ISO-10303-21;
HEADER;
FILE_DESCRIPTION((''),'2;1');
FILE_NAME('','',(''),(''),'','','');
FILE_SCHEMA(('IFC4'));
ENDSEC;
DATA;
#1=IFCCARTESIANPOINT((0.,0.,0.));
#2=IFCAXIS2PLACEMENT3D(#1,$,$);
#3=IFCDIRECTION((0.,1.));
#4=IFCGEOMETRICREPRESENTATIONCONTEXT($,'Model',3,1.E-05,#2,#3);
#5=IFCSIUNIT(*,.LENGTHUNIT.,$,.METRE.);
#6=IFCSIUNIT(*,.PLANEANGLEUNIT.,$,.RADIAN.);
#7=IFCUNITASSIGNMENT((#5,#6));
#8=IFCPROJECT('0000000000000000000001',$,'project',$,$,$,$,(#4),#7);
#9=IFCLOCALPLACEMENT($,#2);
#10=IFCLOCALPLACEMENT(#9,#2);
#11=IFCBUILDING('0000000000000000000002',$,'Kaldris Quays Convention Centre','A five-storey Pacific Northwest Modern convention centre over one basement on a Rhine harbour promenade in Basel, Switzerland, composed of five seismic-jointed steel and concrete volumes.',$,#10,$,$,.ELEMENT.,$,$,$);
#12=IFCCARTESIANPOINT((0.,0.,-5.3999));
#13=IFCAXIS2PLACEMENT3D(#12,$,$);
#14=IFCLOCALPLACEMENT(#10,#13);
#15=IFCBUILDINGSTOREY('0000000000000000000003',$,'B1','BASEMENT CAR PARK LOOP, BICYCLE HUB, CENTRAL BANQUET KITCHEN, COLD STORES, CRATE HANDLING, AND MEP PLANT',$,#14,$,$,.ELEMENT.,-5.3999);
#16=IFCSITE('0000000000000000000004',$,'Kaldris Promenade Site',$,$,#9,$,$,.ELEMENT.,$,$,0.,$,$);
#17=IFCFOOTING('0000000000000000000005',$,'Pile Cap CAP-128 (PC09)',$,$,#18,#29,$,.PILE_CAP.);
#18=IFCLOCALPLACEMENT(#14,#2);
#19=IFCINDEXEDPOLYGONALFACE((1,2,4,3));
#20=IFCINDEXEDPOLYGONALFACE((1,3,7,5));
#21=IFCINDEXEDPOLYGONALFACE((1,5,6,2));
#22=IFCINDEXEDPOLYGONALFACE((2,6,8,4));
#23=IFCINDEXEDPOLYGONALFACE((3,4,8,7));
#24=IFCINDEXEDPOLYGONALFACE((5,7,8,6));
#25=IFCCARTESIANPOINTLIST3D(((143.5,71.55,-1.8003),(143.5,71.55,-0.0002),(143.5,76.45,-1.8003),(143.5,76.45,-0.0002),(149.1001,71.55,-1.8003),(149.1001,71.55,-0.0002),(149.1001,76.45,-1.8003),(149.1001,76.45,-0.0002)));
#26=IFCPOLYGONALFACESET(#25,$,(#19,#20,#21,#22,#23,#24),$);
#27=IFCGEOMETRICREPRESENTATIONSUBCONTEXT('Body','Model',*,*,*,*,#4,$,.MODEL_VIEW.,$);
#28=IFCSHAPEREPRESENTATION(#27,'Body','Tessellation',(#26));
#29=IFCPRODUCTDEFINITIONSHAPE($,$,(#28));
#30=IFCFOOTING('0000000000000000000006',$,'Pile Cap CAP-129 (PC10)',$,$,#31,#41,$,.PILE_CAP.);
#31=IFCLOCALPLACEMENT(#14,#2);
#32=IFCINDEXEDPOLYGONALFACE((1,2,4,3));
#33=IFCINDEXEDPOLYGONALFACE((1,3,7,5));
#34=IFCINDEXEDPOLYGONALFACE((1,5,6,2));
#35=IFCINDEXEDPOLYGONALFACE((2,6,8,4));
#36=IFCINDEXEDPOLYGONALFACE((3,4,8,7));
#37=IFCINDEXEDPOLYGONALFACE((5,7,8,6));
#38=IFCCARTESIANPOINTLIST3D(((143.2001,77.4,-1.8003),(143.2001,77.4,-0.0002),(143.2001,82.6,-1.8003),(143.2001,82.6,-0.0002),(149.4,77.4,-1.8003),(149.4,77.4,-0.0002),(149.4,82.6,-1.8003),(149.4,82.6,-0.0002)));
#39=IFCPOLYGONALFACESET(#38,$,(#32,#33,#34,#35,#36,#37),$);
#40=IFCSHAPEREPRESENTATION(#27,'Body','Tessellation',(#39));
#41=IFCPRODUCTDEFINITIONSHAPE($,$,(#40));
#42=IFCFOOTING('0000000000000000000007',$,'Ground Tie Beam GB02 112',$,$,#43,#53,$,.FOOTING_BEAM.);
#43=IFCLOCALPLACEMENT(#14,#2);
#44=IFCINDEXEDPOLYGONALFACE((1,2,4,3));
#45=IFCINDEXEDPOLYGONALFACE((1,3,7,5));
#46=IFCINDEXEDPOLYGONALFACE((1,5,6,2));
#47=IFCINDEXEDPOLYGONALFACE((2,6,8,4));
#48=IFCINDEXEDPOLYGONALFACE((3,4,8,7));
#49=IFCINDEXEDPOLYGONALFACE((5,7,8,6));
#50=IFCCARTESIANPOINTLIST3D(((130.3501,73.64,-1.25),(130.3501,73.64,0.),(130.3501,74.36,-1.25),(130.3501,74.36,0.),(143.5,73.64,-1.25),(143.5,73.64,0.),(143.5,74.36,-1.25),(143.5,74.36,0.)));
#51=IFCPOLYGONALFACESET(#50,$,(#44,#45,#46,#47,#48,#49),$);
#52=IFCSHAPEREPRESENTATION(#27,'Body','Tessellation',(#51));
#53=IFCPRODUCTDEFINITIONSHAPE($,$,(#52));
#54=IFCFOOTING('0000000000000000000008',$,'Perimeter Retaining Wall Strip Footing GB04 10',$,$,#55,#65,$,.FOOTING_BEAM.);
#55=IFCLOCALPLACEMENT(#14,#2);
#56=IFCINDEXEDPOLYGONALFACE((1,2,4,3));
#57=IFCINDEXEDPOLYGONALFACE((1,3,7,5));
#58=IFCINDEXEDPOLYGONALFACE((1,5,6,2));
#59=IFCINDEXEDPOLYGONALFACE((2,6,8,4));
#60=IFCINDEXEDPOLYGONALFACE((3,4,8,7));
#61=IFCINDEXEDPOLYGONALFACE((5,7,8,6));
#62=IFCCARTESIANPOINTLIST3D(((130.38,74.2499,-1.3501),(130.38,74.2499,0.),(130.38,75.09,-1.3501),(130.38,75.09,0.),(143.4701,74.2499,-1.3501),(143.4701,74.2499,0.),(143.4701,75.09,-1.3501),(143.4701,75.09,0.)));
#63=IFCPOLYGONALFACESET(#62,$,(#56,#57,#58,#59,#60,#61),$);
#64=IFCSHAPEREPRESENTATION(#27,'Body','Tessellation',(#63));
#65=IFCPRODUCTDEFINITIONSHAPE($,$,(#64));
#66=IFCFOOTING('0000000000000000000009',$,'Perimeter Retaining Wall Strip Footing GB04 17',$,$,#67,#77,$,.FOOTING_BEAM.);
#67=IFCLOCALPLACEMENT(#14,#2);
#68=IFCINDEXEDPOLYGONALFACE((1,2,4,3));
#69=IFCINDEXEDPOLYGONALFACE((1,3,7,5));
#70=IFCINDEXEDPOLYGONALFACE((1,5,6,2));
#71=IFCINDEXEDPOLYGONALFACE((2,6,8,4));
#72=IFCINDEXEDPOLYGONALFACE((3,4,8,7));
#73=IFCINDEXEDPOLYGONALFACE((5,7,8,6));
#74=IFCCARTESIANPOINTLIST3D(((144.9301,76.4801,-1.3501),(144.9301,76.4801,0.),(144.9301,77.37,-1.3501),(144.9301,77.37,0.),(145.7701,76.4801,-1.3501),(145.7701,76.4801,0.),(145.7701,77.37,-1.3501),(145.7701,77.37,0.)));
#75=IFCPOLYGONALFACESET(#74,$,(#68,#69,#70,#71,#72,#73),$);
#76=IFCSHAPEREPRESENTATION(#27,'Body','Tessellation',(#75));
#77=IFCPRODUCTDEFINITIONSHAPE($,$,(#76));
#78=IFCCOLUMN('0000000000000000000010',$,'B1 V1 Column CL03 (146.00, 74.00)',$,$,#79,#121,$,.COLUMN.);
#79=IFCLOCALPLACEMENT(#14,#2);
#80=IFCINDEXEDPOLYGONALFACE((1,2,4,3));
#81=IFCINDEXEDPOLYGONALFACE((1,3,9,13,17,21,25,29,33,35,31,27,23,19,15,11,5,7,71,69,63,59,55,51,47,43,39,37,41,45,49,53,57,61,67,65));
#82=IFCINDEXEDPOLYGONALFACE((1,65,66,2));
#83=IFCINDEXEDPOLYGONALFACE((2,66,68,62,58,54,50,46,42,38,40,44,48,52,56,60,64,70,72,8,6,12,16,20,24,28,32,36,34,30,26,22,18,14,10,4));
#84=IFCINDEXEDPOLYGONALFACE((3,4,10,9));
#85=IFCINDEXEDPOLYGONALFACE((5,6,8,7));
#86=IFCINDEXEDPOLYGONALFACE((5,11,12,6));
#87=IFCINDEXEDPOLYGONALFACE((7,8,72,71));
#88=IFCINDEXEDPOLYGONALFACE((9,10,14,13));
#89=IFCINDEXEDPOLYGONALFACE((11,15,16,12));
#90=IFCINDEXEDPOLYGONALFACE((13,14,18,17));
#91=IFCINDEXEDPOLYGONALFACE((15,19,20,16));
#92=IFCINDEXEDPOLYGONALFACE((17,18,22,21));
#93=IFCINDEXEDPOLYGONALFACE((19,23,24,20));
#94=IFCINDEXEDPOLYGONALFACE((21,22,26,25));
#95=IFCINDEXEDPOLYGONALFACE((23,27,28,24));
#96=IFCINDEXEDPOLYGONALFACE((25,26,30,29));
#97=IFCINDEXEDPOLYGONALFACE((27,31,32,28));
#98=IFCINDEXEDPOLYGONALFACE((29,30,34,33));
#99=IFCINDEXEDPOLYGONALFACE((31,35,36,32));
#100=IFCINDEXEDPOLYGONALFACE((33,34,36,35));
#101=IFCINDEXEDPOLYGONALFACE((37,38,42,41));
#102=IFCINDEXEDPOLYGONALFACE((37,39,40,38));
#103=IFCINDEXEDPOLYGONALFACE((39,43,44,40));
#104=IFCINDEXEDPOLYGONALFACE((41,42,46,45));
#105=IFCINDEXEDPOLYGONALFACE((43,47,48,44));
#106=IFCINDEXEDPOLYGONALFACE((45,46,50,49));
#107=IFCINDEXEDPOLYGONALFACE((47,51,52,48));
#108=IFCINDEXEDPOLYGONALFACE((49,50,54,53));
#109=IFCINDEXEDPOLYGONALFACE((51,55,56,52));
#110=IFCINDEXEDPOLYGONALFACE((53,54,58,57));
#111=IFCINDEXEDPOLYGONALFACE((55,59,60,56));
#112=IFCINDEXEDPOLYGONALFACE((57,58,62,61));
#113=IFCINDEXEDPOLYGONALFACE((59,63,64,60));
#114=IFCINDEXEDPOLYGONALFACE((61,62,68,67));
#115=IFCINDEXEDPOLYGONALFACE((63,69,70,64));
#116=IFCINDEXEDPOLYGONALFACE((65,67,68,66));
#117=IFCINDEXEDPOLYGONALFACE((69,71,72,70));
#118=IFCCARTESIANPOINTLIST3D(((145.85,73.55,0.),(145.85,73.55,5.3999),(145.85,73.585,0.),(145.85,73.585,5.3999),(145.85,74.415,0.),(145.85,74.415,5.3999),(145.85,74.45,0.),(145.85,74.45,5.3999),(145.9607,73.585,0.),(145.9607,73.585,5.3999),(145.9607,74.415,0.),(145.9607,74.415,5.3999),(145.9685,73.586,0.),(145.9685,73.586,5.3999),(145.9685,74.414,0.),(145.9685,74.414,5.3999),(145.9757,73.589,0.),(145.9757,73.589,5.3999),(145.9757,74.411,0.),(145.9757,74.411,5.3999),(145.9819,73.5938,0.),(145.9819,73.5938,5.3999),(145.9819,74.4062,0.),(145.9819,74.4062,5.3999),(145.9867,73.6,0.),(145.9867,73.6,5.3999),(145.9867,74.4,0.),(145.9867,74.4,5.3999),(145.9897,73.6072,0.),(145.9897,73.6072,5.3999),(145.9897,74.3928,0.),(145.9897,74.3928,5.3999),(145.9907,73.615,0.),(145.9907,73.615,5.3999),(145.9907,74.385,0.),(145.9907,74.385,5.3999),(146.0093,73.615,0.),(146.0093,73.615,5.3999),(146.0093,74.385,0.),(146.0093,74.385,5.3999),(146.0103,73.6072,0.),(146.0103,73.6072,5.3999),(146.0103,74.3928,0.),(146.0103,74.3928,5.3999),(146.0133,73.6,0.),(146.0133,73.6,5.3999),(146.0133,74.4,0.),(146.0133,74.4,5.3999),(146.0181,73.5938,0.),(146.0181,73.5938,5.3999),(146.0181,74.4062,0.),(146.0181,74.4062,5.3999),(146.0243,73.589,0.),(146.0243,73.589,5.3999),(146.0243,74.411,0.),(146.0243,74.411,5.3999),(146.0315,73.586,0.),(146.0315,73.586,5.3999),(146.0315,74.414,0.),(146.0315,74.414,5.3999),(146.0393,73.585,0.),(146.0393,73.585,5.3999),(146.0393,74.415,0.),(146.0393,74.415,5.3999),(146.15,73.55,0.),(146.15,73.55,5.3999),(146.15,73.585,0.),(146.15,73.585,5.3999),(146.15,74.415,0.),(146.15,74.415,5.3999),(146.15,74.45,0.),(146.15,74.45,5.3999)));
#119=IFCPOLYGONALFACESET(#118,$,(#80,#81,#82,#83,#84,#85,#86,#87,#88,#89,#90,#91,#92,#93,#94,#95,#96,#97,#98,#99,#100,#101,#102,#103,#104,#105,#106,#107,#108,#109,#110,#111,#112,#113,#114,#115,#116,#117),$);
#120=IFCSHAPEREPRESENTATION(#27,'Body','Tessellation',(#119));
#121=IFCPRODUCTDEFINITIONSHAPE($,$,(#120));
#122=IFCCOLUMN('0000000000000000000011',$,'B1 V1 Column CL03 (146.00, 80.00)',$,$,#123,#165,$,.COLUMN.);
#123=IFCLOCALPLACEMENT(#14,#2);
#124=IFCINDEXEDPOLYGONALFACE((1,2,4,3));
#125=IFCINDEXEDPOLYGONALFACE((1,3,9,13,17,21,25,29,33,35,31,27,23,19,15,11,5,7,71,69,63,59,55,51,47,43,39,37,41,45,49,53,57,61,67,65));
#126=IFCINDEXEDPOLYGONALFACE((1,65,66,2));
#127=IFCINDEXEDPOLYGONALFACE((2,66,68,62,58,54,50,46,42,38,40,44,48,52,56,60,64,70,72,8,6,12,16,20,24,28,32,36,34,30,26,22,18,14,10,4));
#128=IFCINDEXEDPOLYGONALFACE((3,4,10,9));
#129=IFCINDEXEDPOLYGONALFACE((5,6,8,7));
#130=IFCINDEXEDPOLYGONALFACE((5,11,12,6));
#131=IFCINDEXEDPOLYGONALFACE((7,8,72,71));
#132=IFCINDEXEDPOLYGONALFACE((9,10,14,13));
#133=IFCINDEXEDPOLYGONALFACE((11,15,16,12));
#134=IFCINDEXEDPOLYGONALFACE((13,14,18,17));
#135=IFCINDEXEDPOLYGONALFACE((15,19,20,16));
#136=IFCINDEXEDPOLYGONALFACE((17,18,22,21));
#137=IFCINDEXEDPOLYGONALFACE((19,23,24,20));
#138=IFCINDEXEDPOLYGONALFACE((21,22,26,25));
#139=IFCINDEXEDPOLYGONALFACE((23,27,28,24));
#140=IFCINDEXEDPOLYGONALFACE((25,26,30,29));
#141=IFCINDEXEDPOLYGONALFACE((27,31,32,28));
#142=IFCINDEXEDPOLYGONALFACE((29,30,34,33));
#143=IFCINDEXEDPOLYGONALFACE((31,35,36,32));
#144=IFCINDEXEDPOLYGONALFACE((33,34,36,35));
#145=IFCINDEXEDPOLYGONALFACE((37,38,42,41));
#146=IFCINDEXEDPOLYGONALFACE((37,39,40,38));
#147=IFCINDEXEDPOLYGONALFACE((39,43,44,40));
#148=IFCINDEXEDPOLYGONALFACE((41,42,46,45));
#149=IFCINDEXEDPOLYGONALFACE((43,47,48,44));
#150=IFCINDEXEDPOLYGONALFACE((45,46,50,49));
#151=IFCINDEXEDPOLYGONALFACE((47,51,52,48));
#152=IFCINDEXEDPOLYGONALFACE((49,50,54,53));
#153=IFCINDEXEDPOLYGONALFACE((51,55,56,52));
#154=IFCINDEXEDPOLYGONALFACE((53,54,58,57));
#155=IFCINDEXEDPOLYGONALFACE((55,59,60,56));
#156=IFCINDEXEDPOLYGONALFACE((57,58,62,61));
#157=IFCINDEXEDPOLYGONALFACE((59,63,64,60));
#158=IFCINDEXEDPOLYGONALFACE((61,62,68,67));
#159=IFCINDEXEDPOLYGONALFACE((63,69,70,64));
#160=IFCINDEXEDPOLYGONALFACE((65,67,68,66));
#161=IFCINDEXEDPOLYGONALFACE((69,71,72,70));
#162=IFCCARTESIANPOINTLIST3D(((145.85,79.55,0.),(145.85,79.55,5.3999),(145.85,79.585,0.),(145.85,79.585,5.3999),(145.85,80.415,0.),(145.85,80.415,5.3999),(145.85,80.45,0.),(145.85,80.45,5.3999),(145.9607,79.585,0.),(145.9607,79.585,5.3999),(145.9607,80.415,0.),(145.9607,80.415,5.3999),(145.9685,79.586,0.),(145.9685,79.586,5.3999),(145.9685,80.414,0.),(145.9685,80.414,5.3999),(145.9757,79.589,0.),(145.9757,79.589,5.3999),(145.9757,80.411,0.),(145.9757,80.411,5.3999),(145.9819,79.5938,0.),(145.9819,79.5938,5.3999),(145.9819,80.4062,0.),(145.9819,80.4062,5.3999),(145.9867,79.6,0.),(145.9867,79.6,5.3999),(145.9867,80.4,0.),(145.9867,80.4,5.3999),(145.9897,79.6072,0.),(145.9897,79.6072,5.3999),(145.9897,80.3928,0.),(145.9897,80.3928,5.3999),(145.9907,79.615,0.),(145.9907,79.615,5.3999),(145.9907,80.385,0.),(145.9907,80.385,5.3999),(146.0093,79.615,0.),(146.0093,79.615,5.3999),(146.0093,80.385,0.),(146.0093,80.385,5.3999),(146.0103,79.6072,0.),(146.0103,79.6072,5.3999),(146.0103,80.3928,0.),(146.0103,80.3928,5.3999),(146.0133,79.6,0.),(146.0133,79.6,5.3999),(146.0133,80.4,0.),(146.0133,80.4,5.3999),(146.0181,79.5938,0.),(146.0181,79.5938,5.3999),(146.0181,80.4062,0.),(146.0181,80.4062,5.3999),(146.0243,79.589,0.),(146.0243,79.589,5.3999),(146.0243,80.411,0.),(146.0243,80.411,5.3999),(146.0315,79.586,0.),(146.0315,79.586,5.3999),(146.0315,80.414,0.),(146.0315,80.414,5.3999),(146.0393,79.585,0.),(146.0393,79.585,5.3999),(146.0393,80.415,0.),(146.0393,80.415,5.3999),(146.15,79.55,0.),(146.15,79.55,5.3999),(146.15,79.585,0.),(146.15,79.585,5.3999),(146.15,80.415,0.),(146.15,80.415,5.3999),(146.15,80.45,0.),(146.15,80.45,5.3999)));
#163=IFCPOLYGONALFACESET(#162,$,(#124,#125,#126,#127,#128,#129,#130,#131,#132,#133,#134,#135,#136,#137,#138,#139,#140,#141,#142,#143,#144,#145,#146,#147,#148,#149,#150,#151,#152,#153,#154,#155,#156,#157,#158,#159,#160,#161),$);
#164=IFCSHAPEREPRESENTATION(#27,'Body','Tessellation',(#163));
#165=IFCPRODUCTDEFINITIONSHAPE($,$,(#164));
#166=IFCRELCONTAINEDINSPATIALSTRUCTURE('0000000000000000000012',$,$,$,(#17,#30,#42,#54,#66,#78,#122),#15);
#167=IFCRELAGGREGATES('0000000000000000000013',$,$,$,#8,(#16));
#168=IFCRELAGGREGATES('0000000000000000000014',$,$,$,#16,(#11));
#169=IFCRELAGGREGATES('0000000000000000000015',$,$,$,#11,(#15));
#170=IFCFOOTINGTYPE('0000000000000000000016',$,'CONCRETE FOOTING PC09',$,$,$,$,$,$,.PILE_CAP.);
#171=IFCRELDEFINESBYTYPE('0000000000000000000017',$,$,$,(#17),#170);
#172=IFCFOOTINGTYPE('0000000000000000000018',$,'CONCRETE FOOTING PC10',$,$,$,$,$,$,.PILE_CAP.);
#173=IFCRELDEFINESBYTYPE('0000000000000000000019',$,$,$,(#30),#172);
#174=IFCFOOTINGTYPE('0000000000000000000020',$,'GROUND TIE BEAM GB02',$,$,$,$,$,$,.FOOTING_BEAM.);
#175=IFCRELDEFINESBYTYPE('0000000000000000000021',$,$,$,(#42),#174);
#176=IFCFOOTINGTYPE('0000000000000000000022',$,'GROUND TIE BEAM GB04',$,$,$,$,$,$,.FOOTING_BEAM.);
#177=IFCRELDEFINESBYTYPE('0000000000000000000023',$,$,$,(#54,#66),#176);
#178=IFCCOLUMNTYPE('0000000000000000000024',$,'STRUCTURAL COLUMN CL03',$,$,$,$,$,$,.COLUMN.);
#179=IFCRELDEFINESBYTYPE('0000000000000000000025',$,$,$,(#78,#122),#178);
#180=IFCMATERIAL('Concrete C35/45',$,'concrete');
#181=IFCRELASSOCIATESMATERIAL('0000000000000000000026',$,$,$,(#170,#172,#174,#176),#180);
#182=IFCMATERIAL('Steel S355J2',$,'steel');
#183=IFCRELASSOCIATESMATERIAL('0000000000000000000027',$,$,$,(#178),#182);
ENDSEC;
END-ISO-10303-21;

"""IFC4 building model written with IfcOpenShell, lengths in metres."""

from ifc_helpers import new_model, si_unit, direction, frame, origin, origin_2d, place, context, subcontext, project, spatial, rectangle, i_section, extrude, material, material_profile, profile_set, type_object, element, save


model = new_model("IFC4")

# Units and contexts
model_context = context("Model", 3, precision=1e-05, world=origin(), true_north=direction((0.0, 1.0)))
body_context = subcontext(model_context, "Body", "Model", "MODEL_VIEW")
ifc_project = project(units=[si_unit("LENGTHUNIT", "METRE"), si_unit("PLANEANGLEUNIT", "RADIAN")], contexts=[model_context])

# Site, building, storey
site_placement = place(None, origin())
site = spatial("IfcSite", under=ifc_project, at=site_placement, Name="Kaldris Promenade Site", CompositionType="ELEMENT", RefElevation=0.0)
building_placement = place(site_placement, origin())
building = spatial("IfcBuilding", under=site, at=building_placement, Name="Kaldris Quays Convention Centre", Description="A five-storey Pacific Northwest Modern convention centre over one basement on a Rhine harbour promenade in Basel, Switzerland, composed of five seismic-jointed steel and concrete volumes.", CompositionType="ELEMENT")
storey_placement = place(building_placement, frame((0.0, 0.0, -5.3999)))
storey = spatial("IfcBuildingStorey", under=building, at=storey_placement, Name="B1", Description="BASEMENT CAR PARK LOOP, BICYCLE HUB, CENTRAL BANQUET KITCHEN, COLD STORES, CRATE HANDLING, AND MEP PLANT", CompositionType="ELEMENT", Elevation=-5.3999)

# Shared definitions
ifc_material_1 = material(Name="Concrete C35/45", Category="concrete")

# Footings
footing_type_1 = type_object("IfcFootingType", Name="CONCRETE FOOTING PC09", PredefinedType="PILE_CAP", material=ifc_material_1)
footing_1_placement = place(storey_placement, frame((146.3, 74.0, -1.8003), z_axis=(0.0, 0.0, 1.0), x_axis=(1.0, 0.0, 0.0)))
element("IfcFooting", 1, at=footing_1_placement, inside=storey, type_object=footing_type_1, Name="Pile Cap CAP-128 (PC09)", PredefinedType="PILE_CAP", context=body_context, shape_type="SweptSolid", body=[
    extrude(rectangle(XDim=5.6001, YDim=4.8999, at=origin_2d()), origin(), (0.0, 0.0, 1.0), 1.8),
])
footing_type_2 = type_object("IfcFootingType", Name="CONCRETE FOOTING PC10", PredefinedType="PILE_CAP", material=ifc_material_1)
footing_2_placement = place(storey_placement, frame((146.3, 80.0, -1.8003), z_axis=(0.0, 0.0, 1.0), x_axis=(1.0, 0.0, 0.0)))
element("IfcFooting", 2, at=footing_2_placement, inside=storey, type_object=footing_type_2, Name="Pile Cap CAP-129 (PC10)", PredefinedType="PILE_CAP", context=body_context, shape_type="SweptSolid", body=[
    extrude(rectangle(XDim=6.2, YDim=5.2, at=origin_2d()), origin(), (0.0, 0.0, 1.0), 1.8),
])
footing_type_3 = type_object("IfcFootingType", Name="GROUND TIE BEAM GB02", PredefinedType="FOOTING_BEAM", material=ifc_material_1)
footing_3_placement = place(storey_placement, frame((136.925, 74.0, -1.25), z_axis=(0.0, 0.0, 1.0), x_axis=(1.0, 0.0, 0.0)))
element("IfcFooting", 3, at=footing_3_placement, inside=storey, type_object=footing_type_3, Name="Ground Tie Beam GB02 112", PredefinedType="FOOTING_BEAM", context=body_context, shape_type="SweptSolid", body=[
    extrude(rectangle(XDim=13.1499, YDim=0.72, at=origin_2d()), origin(), (0.0, 0.0, 1.0), 1.25),
])
footing_type_4 = type_object("IfcFootingType", Name="GROUND TIE BEAM GB04", PredefinedType="FOOTING_BEAM", material=ifc_material_1)
footing_4_placement = place(storey_placement, frame((136.925, 74.6699, -1.3501), z_axis=(0.0, 0.0, 1.0), x_axis=(1.0, 0.0, 0.0)))
element("IfcFooting", 4, at=footing_4_placement, inside=storey, type_object=footing_type_4, Name="Perimeter Retaining Wall Strip Footing GB04 10", PredefinedType="FOOTING_BEAM", context=body_context, shape_type="SweptSolid", body=[
    extrude(rectangle(XDim=13.0901, YDim=0.8401, at=origin_2d()), origin(), (0.0, 0.0, 1.0), 1.3501),
])
footing_5_placement = place(storey_placement, frame((145.3501, 76.925, -1.3501), z_axis=(0.0, 0.0, 1.0), x_axis=(1.0, 0.0, 0.0)))
element("IfcFooting", 5, at=footing_5_placement, inside=storey, type_object=footing_type_4, Name="Perimeter Retaining Wall Strip Footing GB04 17", PredefinedType="FOOTING_BEAM", context=body_context, shape_type="SweptSolid", body=[
    extrude(rectangle(XDim=0.8401, YDim=0.8899, at=origin_2d()), origin(), (0.0, 0.0, 1.0), 1.3501),
])

# Columns
ifc_material_2 = material(Name="Steel S355J2", Category="steel")
ifc_material_profile_1 = material_profile(ifc_material_2, i_section(OverallWidth=0.3, OverallDepth=0.8999, WebThickness=0.0186, FlangeThickness=0.0349, FilletRadius=0.03, at=origin_2d()), Name="HEB 900")
ifc_profile_set_1 = profile_set([ifc_material_profile_1], Name="Steel S355J2")
column_type_1 = type_object("IfcColumnType", Name="STRUCTURAL COLUMN CL03", PredefinedType="COLUMN", material=ifc_profile_set_1)
for number, where, z_axis, x_axis, name in (
    (6, (146.0, 74.0, 0.0), (0.0, 0.0, 1.0), (1.0, 0.0, 0.0), "B1 V1 Column CL03 (146.00, 74.00)"),
    (7, (146.0, 80.0, 0.0), (0.0, 0.0, 1.0), (1.0, 0.0, 0.0), "B1 V1 Column CL03 (146.00, 80.00)"),
):
    element("IfcColumn", number, at=place(storey_placement, frame(where, z_axis=z_axis, x_axis=x_axis)), inside=storey, type_object=column_type_1, Name=name, PredefinedType="COLUMN", context=body_context, shape_type="SweptSolid", body=[
        extrude(i_section(OverallWidth=0.3, OverallDepth=0.8999, WebThickness=0.0186, FlangeThickness=0.0349, FilletRadius=0.03, at=origin_2d()), origin(), (0.0, 0.0, 1.0), 5.3999),
    ])

save(model, "model.ifc")
